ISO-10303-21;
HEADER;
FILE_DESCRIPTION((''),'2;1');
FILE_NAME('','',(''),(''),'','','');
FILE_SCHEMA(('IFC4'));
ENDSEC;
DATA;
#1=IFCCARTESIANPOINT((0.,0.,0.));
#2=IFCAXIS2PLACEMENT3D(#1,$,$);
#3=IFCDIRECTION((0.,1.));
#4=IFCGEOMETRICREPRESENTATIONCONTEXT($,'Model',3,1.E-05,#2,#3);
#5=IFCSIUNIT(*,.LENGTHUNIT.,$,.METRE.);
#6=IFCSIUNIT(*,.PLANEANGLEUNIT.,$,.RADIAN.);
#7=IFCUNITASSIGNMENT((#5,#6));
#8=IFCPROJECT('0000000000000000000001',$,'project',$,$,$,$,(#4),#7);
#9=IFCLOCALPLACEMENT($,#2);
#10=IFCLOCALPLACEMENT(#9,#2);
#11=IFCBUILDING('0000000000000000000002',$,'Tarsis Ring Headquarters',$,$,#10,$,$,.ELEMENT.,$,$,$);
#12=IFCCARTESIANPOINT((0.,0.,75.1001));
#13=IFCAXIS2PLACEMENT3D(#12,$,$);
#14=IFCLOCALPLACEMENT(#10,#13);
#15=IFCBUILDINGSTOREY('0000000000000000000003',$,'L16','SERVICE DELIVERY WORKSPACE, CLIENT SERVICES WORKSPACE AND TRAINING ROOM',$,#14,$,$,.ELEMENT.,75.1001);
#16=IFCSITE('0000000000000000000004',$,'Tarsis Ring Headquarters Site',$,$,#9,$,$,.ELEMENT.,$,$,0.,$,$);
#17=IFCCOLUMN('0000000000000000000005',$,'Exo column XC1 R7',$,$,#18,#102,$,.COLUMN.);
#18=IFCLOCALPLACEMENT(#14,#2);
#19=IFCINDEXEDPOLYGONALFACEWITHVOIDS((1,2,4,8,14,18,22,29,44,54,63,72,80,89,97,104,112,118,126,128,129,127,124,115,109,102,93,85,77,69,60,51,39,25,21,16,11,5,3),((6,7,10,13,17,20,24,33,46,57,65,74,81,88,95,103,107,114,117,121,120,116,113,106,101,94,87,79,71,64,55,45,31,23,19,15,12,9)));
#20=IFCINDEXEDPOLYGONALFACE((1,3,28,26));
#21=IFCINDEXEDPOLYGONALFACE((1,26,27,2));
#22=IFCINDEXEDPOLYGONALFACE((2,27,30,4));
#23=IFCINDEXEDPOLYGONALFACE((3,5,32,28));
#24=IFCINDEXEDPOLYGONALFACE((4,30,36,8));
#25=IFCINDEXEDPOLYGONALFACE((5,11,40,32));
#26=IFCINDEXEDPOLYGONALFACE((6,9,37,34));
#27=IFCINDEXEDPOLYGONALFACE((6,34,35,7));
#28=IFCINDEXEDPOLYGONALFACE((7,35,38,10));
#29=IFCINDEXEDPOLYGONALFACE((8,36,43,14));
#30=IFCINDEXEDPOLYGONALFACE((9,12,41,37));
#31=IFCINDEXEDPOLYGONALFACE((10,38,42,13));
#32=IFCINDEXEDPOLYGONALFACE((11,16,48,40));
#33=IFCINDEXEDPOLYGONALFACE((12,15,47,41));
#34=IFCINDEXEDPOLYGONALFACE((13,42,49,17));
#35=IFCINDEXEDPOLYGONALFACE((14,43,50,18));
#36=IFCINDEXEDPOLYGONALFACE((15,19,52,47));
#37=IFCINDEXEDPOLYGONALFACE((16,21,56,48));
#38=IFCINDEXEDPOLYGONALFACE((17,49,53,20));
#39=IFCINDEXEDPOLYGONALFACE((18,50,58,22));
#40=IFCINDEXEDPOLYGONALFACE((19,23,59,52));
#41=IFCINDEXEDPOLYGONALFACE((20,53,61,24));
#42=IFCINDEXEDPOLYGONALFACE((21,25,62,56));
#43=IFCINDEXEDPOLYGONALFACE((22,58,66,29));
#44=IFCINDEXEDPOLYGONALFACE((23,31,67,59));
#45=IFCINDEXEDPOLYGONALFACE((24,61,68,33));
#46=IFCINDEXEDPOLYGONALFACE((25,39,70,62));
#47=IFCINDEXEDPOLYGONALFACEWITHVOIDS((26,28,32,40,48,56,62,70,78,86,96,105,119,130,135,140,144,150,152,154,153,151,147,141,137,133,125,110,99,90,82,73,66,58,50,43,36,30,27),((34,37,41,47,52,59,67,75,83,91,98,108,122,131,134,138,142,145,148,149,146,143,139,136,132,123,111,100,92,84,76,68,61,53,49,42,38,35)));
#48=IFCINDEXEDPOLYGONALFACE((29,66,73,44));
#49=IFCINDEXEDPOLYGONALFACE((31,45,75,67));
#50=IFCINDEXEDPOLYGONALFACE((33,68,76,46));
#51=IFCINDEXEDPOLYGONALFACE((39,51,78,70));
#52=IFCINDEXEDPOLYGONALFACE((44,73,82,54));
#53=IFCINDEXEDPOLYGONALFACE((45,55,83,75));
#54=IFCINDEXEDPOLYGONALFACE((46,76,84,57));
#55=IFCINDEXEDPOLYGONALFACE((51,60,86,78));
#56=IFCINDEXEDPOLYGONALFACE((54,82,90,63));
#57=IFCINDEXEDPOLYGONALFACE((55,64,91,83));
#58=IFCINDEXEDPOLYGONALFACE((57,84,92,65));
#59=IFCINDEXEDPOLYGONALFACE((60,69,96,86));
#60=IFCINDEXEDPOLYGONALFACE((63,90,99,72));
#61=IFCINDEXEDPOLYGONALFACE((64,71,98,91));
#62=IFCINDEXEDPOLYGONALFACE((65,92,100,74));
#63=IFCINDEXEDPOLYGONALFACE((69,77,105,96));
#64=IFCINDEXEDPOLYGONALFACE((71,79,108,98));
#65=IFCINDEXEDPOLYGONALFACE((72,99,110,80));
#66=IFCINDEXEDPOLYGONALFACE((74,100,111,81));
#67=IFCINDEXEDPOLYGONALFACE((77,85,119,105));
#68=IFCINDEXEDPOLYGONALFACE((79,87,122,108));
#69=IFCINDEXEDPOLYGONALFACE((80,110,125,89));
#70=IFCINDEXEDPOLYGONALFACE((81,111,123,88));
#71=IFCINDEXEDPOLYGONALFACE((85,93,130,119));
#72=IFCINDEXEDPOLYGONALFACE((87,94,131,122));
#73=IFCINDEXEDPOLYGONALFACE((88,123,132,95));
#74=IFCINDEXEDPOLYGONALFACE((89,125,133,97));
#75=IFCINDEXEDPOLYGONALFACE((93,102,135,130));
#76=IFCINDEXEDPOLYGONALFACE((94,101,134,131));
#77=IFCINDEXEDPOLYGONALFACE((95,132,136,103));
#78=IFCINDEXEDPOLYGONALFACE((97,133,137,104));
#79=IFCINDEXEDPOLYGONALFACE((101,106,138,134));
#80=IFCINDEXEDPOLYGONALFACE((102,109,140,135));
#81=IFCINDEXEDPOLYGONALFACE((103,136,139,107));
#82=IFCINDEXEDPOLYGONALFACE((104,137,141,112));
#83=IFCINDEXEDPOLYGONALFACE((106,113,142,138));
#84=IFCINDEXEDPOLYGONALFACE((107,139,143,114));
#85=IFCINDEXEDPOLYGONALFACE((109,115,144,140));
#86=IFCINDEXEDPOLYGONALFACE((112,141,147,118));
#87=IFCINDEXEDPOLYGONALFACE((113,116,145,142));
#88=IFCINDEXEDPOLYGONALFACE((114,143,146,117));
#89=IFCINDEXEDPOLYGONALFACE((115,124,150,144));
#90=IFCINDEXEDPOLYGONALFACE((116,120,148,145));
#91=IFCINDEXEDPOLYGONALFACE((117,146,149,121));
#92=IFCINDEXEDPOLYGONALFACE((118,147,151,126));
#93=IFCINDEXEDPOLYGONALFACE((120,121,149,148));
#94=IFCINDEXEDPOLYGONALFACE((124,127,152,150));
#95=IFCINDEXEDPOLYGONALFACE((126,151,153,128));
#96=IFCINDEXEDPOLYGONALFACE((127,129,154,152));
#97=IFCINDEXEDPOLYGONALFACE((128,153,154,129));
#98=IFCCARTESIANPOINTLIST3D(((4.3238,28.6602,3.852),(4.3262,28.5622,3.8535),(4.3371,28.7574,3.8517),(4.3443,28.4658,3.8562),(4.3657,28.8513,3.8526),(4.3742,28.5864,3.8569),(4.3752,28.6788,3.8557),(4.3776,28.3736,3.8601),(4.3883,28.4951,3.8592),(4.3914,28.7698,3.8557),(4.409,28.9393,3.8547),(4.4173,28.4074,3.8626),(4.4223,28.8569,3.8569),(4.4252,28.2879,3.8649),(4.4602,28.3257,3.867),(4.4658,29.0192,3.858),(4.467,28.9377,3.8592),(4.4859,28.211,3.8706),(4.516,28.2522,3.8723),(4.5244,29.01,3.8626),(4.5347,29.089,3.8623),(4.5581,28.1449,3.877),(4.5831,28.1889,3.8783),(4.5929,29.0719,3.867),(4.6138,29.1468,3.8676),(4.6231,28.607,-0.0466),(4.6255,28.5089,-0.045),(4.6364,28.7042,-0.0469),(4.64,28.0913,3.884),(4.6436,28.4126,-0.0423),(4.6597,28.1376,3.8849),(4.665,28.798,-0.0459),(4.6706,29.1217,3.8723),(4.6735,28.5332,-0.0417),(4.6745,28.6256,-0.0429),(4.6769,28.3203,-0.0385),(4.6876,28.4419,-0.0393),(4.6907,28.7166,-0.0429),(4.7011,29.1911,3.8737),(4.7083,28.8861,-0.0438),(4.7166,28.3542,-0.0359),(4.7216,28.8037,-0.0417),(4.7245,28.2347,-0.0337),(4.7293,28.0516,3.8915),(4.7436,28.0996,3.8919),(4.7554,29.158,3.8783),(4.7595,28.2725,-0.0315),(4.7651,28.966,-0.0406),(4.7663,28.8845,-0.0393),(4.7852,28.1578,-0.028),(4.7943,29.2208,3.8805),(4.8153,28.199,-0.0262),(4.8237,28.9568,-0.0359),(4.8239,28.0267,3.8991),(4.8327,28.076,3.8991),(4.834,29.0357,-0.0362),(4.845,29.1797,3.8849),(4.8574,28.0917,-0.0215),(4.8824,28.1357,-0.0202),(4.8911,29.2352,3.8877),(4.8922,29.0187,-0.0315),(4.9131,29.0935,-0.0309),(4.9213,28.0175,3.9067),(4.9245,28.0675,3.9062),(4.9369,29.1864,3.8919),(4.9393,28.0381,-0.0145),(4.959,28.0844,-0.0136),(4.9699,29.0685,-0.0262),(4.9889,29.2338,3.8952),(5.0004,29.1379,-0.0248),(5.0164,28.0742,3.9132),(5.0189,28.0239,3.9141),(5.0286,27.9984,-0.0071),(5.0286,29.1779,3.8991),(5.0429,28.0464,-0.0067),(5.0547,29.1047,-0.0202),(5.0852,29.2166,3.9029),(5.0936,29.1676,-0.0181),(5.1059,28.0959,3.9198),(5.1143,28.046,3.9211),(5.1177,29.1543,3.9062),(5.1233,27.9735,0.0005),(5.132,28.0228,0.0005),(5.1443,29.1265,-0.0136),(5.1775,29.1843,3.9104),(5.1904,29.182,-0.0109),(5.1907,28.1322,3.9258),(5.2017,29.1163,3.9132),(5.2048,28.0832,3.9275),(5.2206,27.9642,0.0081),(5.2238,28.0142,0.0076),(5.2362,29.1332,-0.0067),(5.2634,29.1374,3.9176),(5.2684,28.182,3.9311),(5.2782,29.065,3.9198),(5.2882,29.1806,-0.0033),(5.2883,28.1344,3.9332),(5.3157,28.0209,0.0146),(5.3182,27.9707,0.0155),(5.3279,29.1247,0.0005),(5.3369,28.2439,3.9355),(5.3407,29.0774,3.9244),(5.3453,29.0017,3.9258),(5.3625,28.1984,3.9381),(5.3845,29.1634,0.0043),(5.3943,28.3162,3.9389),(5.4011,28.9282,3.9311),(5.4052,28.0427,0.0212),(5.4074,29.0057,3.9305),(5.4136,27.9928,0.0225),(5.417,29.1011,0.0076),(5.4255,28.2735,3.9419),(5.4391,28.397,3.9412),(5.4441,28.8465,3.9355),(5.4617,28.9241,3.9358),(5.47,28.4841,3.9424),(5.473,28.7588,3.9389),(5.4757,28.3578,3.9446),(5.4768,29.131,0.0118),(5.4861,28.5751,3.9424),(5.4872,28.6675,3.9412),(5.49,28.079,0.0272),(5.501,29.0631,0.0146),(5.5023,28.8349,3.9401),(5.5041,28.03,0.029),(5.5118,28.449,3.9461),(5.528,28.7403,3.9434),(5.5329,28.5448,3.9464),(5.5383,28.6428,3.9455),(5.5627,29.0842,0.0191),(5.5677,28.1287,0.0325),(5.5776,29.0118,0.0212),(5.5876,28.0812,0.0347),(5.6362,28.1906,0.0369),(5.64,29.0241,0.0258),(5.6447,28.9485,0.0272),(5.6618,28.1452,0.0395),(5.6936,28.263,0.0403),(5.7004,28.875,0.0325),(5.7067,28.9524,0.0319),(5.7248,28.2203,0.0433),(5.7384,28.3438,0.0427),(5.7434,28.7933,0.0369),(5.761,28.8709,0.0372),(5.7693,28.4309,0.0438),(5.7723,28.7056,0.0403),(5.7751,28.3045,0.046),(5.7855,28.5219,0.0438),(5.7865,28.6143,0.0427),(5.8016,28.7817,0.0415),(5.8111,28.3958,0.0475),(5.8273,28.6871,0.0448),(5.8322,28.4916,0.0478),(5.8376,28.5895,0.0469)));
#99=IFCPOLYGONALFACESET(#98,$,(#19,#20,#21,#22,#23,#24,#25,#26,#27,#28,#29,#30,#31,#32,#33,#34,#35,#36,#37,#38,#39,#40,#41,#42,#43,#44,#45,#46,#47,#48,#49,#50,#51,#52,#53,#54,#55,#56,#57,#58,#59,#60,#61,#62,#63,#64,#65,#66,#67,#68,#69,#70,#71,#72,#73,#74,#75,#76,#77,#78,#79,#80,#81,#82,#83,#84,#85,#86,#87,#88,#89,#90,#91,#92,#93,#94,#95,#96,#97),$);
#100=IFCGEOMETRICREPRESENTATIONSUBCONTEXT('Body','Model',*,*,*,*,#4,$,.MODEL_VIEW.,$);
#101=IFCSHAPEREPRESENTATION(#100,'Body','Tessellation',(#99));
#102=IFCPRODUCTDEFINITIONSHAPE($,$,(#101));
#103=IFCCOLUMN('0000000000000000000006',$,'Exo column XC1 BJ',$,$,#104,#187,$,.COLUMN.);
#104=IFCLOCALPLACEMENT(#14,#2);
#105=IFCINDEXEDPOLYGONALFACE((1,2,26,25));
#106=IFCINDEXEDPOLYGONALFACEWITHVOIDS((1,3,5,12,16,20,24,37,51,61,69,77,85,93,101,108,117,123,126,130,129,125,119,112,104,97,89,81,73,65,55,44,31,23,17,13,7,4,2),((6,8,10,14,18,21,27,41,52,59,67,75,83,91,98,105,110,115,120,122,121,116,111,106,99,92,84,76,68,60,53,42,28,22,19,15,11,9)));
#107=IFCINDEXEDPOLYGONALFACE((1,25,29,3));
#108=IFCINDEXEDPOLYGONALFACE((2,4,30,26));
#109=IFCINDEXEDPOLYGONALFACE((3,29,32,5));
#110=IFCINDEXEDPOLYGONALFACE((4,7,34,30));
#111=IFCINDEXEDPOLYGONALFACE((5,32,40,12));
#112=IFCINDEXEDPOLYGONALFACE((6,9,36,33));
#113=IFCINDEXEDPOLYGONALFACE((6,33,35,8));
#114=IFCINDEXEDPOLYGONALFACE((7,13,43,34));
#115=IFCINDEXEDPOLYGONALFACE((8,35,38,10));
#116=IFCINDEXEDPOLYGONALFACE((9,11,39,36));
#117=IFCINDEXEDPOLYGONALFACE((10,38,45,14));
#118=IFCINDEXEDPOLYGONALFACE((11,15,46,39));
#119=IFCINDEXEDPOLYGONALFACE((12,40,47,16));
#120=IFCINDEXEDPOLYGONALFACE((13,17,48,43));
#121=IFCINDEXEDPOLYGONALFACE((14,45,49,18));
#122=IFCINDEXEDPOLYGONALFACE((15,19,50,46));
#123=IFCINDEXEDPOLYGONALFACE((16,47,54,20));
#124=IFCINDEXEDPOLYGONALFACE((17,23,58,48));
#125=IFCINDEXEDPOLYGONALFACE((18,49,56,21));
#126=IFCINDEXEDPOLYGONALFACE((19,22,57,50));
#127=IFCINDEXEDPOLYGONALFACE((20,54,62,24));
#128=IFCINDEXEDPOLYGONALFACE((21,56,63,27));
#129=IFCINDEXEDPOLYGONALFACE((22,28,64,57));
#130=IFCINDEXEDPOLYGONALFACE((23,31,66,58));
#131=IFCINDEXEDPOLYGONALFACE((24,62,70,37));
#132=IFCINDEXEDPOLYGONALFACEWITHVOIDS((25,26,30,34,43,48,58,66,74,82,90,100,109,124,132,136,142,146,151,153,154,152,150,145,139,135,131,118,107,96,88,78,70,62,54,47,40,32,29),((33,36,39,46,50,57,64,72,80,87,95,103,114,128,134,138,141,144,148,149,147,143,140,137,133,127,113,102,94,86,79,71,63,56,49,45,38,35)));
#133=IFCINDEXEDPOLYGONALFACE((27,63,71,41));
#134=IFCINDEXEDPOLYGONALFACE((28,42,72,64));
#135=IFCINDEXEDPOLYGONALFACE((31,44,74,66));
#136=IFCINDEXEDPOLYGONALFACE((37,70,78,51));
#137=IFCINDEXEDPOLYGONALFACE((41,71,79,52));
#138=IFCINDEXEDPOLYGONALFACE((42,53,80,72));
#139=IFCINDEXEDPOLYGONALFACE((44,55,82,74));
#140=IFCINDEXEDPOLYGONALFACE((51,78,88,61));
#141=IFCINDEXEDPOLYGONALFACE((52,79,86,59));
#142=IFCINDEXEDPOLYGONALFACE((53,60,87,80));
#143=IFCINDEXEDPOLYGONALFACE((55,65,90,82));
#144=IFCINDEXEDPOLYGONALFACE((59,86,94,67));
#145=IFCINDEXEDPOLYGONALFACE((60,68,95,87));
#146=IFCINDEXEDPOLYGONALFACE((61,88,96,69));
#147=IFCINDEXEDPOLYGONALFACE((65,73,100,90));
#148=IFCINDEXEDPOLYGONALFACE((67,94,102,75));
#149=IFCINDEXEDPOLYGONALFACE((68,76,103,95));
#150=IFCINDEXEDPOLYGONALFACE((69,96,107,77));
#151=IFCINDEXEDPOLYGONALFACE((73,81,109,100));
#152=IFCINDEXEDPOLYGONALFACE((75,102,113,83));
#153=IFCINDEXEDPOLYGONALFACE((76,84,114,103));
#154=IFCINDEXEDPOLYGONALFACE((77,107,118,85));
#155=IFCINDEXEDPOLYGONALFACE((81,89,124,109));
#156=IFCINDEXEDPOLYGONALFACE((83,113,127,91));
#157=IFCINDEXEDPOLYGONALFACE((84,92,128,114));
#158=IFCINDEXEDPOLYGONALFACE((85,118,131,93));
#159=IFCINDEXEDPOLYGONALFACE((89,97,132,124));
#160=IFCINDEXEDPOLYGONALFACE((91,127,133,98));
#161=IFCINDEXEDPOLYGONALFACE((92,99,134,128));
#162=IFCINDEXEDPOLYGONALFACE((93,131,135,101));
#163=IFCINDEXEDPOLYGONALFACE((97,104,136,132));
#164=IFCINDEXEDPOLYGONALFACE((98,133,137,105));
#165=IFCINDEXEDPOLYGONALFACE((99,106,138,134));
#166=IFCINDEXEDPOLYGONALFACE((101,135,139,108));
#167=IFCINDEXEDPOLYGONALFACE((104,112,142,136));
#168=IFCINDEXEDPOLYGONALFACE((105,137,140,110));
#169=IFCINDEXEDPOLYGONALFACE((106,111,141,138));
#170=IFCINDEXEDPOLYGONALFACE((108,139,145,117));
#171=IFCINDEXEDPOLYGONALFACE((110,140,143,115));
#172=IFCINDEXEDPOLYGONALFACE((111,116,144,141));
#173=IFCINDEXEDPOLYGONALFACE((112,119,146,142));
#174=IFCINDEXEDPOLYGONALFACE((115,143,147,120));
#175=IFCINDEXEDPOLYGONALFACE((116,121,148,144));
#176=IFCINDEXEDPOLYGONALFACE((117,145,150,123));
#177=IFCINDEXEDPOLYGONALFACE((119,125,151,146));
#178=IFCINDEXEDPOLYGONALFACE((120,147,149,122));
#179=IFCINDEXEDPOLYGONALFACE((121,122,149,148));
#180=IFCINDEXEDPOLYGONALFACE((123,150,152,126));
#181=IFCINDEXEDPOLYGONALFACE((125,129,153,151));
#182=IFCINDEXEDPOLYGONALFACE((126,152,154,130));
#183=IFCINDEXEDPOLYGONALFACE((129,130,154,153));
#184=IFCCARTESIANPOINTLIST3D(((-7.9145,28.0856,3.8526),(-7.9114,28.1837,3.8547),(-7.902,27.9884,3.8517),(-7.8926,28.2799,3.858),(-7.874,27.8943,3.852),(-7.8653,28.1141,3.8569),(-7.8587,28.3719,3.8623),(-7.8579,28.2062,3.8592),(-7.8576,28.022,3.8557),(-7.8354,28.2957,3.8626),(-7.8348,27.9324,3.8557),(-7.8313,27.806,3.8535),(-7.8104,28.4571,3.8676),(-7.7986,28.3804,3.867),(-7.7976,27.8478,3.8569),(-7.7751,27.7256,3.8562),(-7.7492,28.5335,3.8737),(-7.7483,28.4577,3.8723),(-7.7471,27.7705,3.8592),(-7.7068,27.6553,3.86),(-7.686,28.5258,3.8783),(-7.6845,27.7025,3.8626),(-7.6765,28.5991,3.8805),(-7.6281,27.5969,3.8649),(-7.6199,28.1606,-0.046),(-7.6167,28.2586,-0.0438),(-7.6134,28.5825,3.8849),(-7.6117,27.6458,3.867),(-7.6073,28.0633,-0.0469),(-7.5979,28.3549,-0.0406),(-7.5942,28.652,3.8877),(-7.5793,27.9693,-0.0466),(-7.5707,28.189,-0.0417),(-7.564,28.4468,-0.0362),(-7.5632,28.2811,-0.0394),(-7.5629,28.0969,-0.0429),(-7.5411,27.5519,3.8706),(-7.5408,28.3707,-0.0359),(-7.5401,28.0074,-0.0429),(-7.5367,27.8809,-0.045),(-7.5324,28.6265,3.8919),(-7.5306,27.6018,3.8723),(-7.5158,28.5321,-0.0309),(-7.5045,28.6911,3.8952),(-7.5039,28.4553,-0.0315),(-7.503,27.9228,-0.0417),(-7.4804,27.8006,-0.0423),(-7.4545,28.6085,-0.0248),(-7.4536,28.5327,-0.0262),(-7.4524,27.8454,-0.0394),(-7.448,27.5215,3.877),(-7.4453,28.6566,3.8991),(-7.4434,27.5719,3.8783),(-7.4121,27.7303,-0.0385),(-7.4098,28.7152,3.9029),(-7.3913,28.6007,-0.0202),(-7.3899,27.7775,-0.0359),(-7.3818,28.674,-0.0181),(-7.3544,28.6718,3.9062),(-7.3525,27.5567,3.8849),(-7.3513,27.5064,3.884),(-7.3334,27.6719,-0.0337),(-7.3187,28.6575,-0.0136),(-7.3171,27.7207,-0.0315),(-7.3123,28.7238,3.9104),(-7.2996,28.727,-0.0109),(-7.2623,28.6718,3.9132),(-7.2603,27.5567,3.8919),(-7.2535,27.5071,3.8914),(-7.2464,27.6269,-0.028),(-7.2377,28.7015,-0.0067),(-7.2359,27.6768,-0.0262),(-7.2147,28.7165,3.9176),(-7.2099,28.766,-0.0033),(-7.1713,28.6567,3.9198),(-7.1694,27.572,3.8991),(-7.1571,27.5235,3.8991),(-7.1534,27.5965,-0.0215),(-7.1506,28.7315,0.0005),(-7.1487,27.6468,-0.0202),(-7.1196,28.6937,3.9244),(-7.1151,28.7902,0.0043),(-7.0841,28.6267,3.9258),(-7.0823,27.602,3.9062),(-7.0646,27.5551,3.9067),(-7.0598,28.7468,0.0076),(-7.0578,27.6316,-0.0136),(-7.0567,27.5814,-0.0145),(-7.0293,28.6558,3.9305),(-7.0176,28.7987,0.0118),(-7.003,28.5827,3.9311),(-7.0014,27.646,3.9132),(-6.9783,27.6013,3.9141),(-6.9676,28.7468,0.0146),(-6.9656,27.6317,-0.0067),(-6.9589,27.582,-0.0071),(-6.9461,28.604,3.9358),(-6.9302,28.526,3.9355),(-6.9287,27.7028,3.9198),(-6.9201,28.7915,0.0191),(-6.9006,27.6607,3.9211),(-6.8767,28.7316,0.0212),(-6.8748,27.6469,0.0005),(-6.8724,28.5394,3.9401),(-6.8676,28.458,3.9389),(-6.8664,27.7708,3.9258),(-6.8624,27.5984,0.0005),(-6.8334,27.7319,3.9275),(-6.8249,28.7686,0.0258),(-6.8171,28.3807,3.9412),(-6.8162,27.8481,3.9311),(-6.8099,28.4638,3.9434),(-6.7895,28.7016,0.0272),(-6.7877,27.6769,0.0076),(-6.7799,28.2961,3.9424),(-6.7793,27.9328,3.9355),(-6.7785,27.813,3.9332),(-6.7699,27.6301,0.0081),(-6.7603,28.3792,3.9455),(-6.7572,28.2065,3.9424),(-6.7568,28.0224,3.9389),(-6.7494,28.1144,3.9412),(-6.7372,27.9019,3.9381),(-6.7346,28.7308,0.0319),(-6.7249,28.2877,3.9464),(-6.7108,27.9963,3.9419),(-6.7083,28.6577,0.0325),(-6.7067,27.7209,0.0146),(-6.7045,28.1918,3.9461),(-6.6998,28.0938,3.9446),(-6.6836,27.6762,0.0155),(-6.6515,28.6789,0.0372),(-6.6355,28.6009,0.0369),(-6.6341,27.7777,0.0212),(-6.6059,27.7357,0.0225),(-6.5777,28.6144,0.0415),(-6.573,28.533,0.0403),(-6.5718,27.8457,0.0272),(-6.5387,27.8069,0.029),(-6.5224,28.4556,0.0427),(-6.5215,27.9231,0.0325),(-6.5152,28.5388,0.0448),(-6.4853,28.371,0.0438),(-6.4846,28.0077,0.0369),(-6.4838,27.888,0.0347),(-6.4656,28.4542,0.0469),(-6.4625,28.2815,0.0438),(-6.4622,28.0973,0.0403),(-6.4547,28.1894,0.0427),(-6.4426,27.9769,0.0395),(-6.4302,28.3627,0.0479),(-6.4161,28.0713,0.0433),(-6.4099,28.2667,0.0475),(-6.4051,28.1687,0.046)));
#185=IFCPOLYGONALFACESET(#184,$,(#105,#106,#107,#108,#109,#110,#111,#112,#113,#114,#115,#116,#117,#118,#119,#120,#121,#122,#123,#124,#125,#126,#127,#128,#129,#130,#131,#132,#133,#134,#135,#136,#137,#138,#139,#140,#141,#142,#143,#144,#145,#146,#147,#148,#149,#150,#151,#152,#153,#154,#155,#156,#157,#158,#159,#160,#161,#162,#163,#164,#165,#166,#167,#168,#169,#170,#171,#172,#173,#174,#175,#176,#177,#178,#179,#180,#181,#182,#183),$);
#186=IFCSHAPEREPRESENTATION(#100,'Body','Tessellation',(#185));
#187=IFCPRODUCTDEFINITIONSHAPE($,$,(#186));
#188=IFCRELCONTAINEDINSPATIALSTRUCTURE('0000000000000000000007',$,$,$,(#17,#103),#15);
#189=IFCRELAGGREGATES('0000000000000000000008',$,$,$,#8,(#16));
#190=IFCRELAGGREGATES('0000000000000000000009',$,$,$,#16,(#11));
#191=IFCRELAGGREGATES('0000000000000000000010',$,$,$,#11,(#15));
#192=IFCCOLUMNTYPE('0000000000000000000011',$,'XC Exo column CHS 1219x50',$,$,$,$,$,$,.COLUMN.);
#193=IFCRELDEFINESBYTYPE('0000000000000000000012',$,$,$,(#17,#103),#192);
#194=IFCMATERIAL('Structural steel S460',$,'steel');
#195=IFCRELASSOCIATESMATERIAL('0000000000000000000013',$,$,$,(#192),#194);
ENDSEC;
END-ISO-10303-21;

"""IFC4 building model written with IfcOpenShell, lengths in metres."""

from ifc_helpers import new_model, si_unit, direction, frame, origin, origin_2d, place, context, subcontext, project, spatial, hollow_circle, extrude, material, material_profile, profile_set, type_object, element, save


model = new_model("IFC4")

# Units and contexts
model_context = context("Model", 3, precision=1e-05, world=origin(), true_north=direction((0.0, 1.0)))
body_context = subcontext(model_context, "Body", "Model", "MODEL_VIEW")
ifc_project = project(units=[si_unit("LENGTHUNIT", "METRE"), si_unit("PLANEANGLEUNIT", "RADIAN")], contexts=[model_context])

# Site, building, storey
site_placement = place(None, origin())
site = spatial("IfcSite", under=ifc_project, at=site_placement, Name="Tarsis Ring Headquarters Site", CompositionType="ELEMENT", RefElevation=0.0)
building_placement = place(site_placement, origin())
building = spatial("IfcBuilding", under=site, at=building_placement, Name="Tarsis Ring Headquarters", CompositionType="ELEMENT")
storey_placement = place(building_placement, frame((0.0, 0.0, 75.1001)))
storey = spatial("IfcBuildingStorey", under=building, at=storey_placement, Name="L16", Description="SERVICE DELIVERY WORKSPACE, CLIENT SERVICES WORKSPACE AND TRAINING ROOM", CompositionType="ELEMENT", Elevation=75.1001)

# Columns
ifc_material_1 = material(Name="Structural steel S460", Category="steel")
ifc_material_profile_1 = material_profile(ifc_material_1, hollow_circle(Radius=0.6096, WallThickness=0.05, at=origin_2d()), Name="CHS 1219x50")
ifc_profile_set_1 = profile_set([ifc_material_profile_1], Name="Structural steel S460")
column_type = type_object("IfcColumnType", Name="XC Exo column CHS 1219x50", PredefinedType="COLUMN", material=ifc_profile_set_1)
for number, where, z_axis, x_axis, name in (
    (1, (5.23, 28.5737, 0.0005), (-0.076541, 0.01361, 0.996974), (-0.175068, -0.984556, 0.0), "Exo column XC1 R7"),
    (2, (-7.0127, 28.1892, 0.0005), (-0.075355, -0.019167, 0.996973), (0.246501, -0.969143, 0.0), "Exo column XC1 BJ"),
):
    element("IfcColumn", number, at=place(storey_placement, frame(where, z_axis=z_axis, x_axis=x_axis)), inside=storey, type_object=column_type, Name=name, PredefinedType="COLUMN", context=body_context, shape_type="SweptSolid", body=[
        extrude(hollow_circle(Radius=0.6096, WallThickness=0.05, at=origin_2d()), origin(), (0.0, 0.0, 1.0), 3.9104),
    ])

save(model, "model.ifc")
